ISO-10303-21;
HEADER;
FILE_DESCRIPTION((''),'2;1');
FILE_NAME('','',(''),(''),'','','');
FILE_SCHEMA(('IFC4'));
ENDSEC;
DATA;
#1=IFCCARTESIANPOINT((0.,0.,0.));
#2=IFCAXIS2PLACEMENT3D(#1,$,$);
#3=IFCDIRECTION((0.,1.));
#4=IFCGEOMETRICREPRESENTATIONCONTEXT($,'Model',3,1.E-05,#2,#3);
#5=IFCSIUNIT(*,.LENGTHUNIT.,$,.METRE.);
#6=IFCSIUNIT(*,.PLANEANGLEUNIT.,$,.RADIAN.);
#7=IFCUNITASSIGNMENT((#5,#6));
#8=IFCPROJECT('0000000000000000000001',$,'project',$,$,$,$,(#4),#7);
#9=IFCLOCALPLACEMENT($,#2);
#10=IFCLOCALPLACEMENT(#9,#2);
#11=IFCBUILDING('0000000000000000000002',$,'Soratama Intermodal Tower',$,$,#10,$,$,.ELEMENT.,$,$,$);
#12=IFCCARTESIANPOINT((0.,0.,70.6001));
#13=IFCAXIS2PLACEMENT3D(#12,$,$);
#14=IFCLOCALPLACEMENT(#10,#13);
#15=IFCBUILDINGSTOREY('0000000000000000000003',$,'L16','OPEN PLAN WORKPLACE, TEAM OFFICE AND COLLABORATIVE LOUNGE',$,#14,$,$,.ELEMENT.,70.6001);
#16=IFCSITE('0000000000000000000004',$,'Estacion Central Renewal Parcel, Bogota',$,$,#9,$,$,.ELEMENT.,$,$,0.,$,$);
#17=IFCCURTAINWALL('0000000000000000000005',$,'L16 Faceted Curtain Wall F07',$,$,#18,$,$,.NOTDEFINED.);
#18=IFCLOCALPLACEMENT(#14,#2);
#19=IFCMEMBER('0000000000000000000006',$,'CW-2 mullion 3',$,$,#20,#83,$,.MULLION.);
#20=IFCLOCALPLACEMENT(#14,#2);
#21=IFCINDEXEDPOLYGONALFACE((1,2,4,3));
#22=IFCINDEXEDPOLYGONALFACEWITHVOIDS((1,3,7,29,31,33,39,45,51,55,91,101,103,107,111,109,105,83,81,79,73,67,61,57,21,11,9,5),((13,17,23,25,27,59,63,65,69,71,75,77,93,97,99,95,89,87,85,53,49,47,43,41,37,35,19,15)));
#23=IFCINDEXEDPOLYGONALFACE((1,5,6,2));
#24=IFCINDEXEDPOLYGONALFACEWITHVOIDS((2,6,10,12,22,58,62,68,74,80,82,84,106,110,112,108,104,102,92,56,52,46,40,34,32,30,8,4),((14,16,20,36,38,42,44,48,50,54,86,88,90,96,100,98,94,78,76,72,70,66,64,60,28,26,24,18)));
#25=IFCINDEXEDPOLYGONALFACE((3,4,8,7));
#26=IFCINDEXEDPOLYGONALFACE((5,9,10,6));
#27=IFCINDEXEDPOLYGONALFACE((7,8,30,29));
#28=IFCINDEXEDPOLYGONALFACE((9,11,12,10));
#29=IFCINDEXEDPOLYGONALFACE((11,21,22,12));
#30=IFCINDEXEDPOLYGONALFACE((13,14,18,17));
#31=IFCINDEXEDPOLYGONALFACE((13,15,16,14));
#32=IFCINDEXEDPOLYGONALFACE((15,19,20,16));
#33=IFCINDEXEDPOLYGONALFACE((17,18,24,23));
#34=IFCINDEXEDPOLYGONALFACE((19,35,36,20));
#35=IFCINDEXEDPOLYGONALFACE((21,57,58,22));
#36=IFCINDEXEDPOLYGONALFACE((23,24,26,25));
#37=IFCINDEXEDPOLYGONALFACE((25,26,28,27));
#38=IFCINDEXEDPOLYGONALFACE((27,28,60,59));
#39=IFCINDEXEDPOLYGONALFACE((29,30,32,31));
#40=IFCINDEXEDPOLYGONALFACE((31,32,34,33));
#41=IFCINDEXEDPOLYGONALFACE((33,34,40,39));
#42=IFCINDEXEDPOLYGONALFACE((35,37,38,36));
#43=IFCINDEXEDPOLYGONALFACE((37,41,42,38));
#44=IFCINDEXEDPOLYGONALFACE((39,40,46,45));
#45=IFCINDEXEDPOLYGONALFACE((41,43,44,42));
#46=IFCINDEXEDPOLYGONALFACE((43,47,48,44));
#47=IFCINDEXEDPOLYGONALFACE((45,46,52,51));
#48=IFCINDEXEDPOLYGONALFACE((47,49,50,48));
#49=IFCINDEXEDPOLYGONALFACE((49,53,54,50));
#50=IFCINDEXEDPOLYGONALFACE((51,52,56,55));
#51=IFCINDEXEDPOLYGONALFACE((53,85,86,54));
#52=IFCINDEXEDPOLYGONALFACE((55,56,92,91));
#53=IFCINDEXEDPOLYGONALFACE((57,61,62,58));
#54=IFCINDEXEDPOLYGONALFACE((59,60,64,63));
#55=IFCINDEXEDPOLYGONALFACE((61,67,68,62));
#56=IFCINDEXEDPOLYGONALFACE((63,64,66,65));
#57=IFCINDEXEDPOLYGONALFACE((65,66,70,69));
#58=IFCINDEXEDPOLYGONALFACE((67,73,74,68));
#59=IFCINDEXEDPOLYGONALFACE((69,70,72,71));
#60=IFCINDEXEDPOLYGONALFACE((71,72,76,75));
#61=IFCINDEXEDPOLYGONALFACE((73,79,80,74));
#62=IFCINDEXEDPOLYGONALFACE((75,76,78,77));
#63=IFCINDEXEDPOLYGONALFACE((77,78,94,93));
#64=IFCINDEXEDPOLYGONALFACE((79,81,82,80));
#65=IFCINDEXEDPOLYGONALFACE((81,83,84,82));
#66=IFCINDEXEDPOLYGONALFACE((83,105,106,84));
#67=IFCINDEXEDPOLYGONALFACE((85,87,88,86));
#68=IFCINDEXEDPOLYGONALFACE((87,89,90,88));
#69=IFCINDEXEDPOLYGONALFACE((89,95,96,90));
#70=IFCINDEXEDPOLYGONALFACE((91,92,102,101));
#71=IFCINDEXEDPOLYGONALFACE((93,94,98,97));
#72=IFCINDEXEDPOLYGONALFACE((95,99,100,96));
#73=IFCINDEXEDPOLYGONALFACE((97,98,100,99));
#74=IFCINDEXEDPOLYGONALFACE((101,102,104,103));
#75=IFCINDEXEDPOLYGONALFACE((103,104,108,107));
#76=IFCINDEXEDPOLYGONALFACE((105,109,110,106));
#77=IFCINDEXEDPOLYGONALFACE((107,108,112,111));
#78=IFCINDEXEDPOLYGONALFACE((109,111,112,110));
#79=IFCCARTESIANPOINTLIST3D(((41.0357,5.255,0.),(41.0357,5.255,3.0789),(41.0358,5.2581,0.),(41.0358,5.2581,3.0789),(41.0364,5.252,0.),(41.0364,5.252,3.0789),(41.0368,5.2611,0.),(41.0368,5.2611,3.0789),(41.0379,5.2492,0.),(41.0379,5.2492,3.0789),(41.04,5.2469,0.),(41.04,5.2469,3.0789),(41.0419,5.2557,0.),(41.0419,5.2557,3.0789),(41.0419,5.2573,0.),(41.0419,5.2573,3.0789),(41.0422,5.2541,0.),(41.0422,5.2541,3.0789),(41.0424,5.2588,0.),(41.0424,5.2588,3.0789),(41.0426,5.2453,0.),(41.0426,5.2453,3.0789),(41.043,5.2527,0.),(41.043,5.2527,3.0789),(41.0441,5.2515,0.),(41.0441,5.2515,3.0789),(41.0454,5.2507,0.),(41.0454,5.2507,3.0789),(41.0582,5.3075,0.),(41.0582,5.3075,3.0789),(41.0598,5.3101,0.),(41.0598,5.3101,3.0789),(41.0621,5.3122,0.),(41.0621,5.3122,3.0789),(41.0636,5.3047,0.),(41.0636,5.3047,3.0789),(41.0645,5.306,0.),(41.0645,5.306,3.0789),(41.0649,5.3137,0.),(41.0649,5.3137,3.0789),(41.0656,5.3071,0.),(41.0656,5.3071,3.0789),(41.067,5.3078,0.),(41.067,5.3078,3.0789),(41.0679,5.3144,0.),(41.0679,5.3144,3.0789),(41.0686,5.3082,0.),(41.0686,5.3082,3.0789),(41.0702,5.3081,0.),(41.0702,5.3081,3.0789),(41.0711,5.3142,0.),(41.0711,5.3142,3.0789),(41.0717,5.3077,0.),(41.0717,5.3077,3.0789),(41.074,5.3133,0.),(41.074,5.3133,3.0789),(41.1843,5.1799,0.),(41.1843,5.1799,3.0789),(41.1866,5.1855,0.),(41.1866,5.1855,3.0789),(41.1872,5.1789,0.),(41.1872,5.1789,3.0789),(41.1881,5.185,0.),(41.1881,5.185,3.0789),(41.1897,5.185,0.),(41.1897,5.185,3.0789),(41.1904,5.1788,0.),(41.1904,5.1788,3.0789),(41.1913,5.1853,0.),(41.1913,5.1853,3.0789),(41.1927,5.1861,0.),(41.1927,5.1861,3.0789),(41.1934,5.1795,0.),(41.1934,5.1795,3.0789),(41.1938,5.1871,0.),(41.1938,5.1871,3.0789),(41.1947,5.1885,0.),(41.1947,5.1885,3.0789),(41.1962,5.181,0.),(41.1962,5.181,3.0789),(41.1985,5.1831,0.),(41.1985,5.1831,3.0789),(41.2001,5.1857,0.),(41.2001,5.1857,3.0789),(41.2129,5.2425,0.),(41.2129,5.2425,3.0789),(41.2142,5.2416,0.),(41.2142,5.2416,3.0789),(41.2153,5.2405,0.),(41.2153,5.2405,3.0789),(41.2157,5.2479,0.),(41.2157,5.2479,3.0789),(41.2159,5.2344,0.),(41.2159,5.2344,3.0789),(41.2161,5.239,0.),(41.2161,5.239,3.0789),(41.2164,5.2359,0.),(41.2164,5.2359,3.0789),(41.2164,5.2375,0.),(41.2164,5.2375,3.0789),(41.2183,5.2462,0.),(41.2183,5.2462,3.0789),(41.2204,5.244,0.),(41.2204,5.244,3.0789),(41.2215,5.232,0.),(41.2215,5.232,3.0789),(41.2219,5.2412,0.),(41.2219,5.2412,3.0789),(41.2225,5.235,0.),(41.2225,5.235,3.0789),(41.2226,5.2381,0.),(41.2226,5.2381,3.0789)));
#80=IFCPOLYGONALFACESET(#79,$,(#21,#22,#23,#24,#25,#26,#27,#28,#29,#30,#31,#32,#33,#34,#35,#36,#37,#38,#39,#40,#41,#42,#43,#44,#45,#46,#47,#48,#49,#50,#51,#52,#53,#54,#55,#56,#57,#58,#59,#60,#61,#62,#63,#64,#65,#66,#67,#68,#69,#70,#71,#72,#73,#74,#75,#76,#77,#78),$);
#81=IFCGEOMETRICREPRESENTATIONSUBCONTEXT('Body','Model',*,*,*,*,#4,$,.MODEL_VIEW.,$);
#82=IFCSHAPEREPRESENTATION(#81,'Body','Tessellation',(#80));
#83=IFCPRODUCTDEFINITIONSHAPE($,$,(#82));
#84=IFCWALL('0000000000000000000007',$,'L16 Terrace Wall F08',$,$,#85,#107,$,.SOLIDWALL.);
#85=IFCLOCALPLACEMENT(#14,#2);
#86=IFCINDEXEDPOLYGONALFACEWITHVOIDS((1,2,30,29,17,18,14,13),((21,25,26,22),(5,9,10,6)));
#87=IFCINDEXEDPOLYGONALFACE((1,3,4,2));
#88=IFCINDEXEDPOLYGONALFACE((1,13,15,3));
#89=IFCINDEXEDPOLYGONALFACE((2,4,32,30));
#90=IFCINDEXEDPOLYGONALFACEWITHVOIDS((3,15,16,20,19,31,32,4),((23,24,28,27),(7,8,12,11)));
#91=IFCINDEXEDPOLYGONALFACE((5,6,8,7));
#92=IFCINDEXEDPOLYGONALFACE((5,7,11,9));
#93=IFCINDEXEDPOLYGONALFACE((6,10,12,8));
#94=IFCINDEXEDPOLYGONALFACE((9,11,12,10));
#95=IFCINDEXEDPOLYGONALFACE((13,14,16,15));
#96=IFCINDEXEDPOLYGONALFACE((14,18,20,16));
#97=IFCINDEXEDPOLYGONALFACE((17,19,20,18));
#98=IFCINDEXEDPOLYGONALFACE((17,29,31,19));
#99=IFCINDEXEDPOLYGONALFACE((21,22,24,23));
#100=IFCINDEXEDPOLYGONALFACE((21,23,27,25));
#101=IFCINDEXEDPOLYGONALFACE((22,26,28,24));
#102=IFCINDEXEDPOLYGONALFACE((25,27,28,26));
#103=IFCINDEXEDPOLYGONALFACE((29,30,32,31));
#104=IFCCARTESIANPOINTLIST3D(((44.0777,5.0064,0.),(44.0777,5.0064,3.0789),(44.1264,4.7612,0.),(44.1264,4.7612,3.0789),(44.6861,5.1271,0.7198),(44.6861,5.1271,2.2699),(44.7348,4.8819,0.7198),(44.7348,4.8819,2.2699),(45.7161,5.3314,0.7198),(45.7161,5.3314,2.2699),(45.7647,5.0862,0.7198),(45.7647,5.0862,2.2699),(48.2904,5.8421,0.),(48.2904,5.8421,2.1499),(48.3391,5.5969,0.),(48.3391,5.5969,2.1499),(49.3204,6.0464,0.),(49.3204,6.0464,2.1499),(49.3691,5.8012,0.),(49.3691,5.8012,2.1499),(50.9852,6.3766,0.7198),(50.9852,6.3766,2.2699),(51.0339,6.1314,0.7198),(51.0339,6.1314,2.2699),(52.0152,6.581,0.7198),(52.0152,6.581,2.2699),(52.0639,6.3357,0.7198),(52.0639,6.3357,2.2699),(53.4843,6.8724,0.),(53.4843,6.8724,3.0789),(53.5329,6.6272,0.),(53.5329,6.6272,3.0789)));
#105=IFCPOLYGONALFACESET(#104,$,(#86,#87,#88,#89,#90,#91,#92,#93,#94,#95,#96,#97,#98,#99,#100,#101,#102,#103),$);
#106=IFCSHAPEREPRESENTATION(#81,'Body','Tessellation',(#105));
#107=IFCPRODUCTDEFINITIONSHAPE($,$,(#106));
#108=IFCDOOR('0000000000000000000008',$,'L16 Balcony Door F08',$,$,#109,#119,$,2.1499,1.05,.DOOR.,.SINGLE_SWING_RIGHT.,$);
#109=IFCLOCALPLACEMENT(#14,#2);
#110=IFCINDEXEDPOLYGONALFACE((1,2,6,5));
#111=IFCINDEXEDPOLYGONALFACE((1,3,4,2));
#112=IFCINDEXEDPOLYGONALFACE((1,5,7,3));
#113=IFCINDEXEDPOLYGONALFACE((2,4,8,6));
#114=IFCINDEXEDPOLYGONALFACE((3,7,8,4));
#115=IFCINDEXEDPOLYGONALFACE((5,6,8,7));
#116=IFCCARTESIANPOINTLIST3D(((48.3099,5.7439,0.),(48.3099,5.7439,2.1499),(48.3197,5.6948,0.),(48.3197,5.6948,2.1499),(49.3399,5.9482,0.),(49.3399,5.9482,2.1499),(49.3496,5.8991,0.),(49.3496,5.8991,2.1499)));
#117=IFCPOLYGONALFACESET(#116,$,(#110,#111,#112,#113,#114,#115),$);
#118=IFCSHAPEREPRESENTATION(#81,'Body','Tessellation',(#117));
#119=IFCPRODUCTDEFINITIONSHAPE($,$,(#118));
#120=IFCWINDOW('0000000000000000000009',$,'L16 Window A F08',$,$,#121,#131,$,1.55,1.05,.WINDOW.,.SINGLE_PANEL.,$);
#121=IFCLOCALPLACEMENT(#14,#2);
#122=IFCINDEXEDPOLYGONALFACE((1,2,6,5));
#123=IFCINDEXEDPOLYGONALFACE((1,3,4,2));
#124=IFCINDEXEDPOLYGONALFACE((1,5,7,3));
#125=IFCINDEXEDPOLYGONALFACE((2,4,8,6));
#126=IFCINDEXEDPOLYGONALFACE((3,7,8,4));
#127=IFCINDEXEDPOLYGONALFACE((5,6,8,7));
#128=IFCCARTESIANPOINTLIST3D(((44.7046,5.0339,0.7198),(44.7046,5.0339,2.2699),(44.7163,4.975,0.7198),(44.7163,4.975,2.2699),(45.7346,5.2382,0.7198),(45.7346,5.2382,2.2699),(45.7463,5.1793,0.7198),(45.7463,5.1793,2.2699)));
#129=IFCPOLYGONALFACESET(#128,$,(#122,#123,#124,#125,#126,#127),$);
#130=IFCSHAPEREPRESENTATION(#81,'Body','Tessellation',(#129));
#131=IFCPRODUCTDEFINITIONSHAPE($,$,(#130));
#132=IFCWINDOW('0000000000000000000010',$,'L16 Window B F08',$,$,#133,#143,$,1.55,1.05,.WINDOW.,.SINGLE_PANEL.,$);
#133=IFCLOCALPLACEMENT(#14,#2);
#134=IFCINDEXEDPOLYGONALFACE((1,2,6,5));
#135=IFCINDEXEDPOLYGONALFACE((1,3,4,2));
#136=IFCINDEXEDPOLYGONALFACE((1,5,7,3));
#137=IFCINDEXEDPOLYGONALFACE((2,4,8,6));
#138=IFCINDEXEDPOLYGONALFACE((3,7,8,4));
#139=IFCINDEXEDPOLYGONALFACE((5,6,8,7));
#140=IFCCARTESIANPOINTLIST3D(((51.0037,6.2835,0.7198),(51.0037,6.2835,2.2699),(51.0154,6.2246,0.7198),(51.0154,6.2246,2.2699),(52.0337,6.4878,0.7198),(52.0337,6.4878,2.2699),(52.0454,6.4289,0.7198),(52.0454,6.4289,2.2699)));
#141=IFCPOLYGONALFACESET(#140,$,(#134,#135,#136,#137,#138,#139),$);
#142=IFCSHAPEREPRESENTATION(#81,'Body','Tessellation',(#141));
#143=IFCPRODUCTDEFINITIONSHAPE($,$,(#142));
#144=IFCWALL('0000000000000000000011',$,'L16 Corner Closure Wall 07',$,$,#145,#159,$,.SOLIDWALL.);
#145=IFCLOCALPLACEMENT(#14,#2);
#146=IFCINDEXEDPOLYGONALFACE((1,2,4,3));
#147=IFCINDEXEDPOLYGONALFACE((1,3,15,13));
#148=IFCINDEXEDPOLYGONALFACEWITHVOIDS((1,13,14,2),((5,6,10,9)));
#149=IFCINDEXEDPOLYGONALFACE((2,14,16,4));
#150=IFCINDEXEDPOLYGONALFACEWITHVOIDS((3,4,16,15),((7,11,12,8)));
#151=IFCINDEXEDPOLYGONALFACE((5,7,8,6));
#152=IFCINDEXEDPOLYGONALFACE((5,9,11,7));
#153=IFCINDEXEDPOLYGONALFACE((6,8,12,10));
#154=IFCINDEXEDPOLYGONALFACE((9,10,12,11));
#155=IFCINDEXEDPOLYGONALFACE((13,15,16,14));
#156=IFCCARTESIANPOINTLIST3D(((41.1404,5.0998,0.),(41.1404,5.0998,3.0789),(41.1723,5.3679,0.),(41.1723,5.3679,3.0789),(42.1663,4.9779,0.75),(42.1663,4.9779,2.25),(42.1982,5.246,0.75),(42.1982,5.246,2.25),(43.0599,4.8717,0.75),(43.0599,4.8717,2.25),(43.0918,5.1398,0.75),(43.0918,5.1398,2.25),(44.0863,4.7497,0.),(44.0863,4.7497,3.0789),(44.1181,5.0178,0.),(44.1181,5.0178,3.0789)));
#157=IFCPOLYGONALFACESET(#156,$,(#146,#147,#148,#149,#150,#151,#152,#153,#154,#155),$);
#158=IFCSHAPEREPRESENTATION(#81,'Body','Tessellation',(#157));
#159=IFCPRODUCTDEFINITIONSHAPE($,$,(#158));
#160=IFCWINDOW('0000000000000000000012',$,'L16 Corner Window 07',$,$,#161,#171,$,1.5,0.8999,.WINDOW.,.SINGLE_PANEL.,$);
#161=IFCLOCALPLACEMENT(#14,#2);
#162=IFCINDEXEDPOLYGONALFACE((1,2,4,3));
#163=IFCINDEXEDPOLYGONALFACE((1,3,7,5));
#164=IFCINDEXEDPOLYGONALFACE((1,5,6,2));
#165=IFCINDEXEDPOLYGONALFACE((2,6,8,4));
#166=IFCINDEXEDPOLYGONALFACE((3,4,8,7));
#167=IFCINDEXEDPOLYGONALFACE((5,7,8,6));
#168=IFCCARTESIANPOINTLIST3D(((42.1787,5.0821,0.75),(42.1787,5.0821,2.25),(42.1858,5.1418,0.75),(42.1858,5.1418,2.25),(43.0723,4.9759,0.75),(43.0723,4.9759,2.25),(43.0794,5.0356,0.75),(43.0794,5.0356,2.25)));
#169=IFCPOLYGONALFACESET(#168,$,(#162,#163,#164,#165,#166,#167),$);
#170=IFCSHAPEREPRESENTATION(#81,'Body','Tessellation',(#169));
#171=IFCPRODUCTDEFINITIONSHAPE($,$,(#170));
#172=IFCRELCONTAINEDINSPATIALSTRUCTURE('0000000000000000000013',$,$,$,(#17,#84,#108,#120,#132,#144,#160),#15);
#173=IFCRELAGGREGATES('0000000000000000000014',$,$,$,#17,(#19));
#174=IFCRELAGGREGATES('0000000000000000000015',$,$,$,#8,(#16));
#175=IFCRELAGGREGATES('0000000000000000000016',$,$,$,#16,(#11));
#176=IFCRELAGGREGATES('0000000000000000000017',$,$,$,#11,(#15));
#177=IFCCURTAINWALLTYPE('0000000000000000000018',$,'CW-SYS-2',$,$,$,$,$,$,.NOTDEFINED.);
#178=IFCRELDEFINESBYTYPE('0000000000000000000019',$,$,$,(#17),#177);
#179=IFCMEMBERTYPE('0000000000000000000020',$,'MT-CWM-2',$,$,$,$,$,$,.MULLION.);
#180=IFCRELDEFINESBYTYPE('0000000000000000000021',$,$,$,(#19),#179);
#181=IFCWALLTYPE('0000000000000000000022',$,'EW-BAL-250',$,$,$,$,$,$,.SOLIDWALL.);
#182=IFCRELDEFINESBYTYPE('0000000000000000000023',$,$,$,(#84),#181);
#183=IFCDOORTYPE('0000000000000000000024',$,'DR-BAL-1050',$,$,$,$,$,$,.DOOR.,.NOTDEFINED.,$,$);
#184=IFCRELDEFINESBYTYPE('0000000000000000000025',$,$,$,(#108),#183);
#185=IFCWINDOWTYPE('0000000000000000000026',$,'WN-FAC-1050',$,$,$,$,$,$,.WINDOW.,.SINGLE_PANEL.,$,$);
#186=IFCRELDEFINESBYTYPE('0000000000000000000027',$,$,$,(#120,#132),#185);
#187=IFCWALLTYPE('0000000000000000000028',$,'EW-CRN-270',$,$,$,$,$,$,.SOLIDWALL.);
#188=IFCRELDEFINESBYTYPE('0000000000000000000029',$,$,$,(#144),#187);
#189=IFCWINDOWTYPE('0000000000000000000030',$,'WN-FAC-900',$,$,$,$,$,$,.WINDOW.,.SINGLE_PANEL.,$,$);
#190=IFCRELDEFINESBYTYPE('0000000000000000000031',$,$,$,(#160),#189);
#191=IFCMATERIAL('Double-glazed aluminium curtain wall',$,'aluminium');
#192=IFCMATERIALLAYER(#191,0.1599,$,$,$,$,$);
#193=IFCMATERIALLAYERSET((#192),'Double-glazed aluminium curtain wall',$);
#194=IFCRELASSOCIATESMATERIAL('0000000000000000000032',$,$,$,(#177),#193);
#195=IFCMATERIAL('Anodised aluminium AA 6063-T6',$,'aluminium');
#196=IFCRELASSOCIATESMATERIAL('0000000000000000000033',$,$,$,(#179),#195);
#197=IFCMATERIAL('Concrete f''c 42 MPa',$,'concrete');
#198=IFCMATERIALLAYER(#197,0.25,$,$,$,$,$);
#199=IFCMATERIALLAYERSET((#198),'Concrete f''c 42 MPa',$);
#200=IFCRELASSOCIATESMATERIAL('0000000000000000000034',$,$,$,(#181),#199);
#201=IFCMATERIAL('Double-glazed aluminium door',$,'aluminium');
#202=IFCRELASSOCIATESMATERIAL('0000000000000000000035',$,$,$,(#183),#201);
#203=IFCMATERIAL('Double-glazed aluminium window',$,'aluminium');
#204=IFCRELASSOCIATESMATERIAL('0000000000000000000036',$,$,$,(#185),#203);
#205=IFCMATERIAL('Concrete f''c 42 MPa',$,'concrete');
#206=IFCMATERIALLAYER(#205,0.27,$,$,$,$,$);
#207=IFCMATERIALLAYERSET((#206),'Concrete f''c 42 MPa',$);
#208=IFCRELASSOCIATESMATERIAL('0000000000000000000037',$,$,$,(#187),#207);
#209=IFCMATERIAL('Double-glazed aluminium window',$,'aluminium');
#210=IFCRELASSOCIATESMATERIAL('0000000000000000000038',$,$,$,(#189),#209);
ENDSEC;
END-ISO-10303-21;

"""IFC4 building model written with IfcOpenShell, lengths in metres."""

from ifc_helpers import new_model, si_unit, direction, frame, frame_2d, origin, origin_2d, place, context, subcontext, project, spatial, rectangle, hollow_rectangle, extrude, material, layer, layer_set, material_profile, profile_set, type_object, element, fill, aggregate, save


model = new_model("IFC4")

# Units and contexts
model_context = context("Model", 3, precision=1e-05, world=origin(), true_north=direction((0.0, 1.0)))
body_context = subcontext(model_context, "Body", "Model", "MODEL_VIEW")
ifc_project = project(units=[si_unit("LENGTHUNIT", "METRE"), si_unit("PLANEANGLEUNIT", "RADIAN")], contexts=[model_context])

# Site, building, storey
site_placement = place(None, origin())
site = spatial("IfcSite", under=ifc_project, at=site_placement, Name="Estacion Central Renewal Parcel, Bogota", CompositionType="ELEMENT", RefElevation=0.0)
building_placement = place(site_placement, origin())
building = spatial("IfcBuilding", under=site, at=building_placement, Name="Soratama Intermodal Tower", CompositionType="ELEMENT")
storey_placement = place(building_placement, frame((0.0, 0.0, 70.6001)))
storey = spatial("IfcBuildingStorey", under=building, at=storey_placement, Name="L16", Description="OPEN PLAN WORKPLACE, TEAM OFFICE AND COLLABORATIVE LOUNGE", CompositionType="ELEMENT", Elevation=70.6001)

# Curtain wall, member
ifc_material_1 = material(Name="Double-glazed aluminium curtain wall", Category="aluminium")
ifc_layer_1 = layer(ifc_material_1, 0.1599)
ifc_layer_set_1 = layer_set([ifc_layer_1], Name="Double-glazed aluminium curtain wall")
curtain_wall_type = type_object("IfcCurtainWallType", Name="CW-SYS-2", PredefinedType="NOTDEFINED", material=ifc_layer_set_1)
curtain_wall_placement = place(storey_placement, origin())
curtain_wall = element("IfcCurtainWall", 1, at=curtain_wall_placement, inside=storey, type_object=curtain_wall_type, Name="L16 Faceted Curtain Wall F07", PredefinedType="NOTDEFINED")
ifc_material_2 = material(Name="Anodised aluminium AA 6063-T6", Category="aluminium")
ifc_material_profile_1 = material_profile(ifc_material_2, hollow_rectangle(XDim=0.075, YDim=0.1799, WallThickness=0.0061, InnerFilletRadius=0.0061, OuterFilletRadius=0.012, at=origin_2d()), Name="CWM180X75X6")
ifc_profile_set_1 = profile_set([ifc_material_profile_1], Name="Anodised aluminium AA 6063-T6")
member_type = type_object("IfcMemberType", Name="MT-CWM-2", PredefinedType="MULLION", material=ifc_profile_set_1)
member_placement = place(storey_placement, frame((41.1292, 5.2466, 0.0), z_axis=(0.0, 0.0, 1.0), x_axis=(0.419138, 0.907923, 0.0)))
member = element("IfcMember", 2, at=member_placement, type_object=member_type, Name="CW-2 mullion 3", PredefinedType="MULLION", context=body_context, shape_type="SweptSolid", body=[
    extrude(hollow_rectangle(XDim=0.075, YDim=0.1799, WallThickness=0.0061, InnerFilletRadius=0.0061, OuterFilletRadius=0.012, at=origin_2d()), origin(), (0.0, 0.0, 1.0), 3.0789),
])
aggregate(curtain_wall, [member])

# Wall, openings, door, windows
ifc_material_3 = material(Name="Concrete f'c 42 MPa", Category="concrete")
ifc_layer_2 = layer(ifc_material_3, 0.25)
ifc_layer_set_2 = layer_set([ifc_layer_2], Name="Concrete f'c 42 MPa")
wall_type_1 = type_object("IfcWallType", Name="EW-BAL-250", PredefinedType="SOLIDWALL", material=ifc_layer_set_2)
wall_1_placement = place(storey_placement, frame((44.1021, 4.8838, 0.0), z_axis=(0.0, 0.0, 1.0), x_axis=(0.980887, 0.194579, 0.0)))
wall_1 = element("IfcWall", 3, at=wall_1_placement, inside=storey, type_object=wall_type_1, Name="L16 Terrace Wall F08", PredefinedType="SOLIDWALL", context=body_context, shape_type="SweptSolid", body=[
    extrude(rectangle(XDim=9.5898, YDim=0.25, at=frame_2d((4.7949, 0.0))), origin(), (0.0, 0.0, 1.0), 3.0789),
])
opening_1_placement = place(wall_1_placement, frame((4.2949, 0.0, 0.0)))
opening_1 = element("IfcOpeningElement", 4, at=opening_1_placement, cuts=wall_1, PredefinedType="OPENING", context=body_context, shape_type="SweptSolid", body=[
    extrude(rectangle(XDim=1.05, YDim=2.1499, at=frame_2d((0.5249, 1.075))), frame((0.0, 0.135, 0.0), z_axis=(0.0, -1.0, 0.0), x_axis=(1.0, 0.0, 0.0)), (0.0, 0.0, 1.0), 0.27),
])
opening_2_placement = place(wall_1_placement, frame((0.6204, 0.0, 0.72)))
opening_2 = element("IfcOpeningElement", 5, at=opening_2_placement, cuts=wall_1, PredefinedType="OPENING", context=body_context, shape_type="SweptSolid", body=[
    extrude(rectangle(XDim=1.05, YDim=1.55, at=frame_2d((0.5249, 0.7749))), frame((0.0, 0.135, 0.0), z_axis=(0.0, -1.0, 0.0), x_axis=(1.0, 0.0, 0.0)), (0.0, 0.0, 1.0), 0.27),
])
opening_3_placement = place(wall_1_placement, frame((7.0422, 0.0, 0.72)))
opening_3 = element("IfcOpeningElement", 6, at=opening_3_placement, cuts=wall_1, PredefinedType="OPENING", context=body_context, shape_type="SweptSolid", body=[
    extrude(rectangle(XDim=1.05, YDim=1.55, at=frame_2d((0.5249, 0.7749))), frame((0.0, 0.135, 0.0), z_axis=(0.0, -1.0, 0.0), x_axis=(1.0, 0.0, 0.0)), (0.0, 0.0, 1.0), 0.27),
])
ifc_material_4 = material(Name="Double-glazed aluminium door", Category="aluminium")
door_type_1 = type_object("IfcDoorType", Name="DR-BAL-1050", OperationType="NOTDEFINED", PredefinedType="DOOR", material=ifc_material_4)
door_1_placement = place(opening_1_placement, origin())
door_1 = element("IfcDoor", 7, at=door_1_placement, inside=storey, type_object=door_type_1, Name="L16 Balcony Door F08", OperationType="SINGLE_SWING_RIGHT", OverallHeight=2.1499, OverallWidth=1.05, PredefinedType="DOOR", context=body_context, shape_type="SweptSolid", body=[
    extrude(rectangle(XDim=1.05, YDim=2.1499, at=frame_2d((0.5249, 1.075))), frame((0.0, 0.0249, 0.0), z_axis=(0.0, -1.0, 0.0), x_axis=(1.0, 0.0, 0.0)), (0.0, 0.0, 1.0), 0.05),
])
fill(opening_1, door_1)
ifc_material_5 = material(Name="Double-glazed aluminium window", Category="aluminium")
window_type_1 = type_object("IfcWindowType", Name="WN-FAC-1050", PartitioningType="SINGLE_PANEL", PredefinedType="WINDOW", material=ifc_material_5)
window_1_placement = place(opening_2_placement, origin())
window_1 = element("IfcWindow", 8, at=window_1_placement, inside=storey, type_object=window_type_1, Name="L16 Window A F08", OverallHeight=1.55, OverallWidth=1.05, PartitioningType="SINGLE_PANEL", PredefinedType="WINDOW", context=body_context, shape_type="SweptSolid", body=[
    extrude(rectangle(XDim=1.05, YDim=1.55, at=frame_2d((0.5249, 0.7749))), frame((0.0, 0.03, 0.0), z_axis=(0.0, -1.0, 0.0), x_axis=(1.0, 0.0, 0.0)), (0.0, 0.0, 1.0), 0.0601),
])
fill(opening_2, window_1)
window_2_placement = place(opening_3_placement, origin())
window_2 = element("IfcWindow", 9, at=window_2_placement, inside=storey, type_object=window_type_1, Name="L16 Window B F08", OverallHeight=1.55, OverallWidth=1.05, PartitioningType="SINGLE_PANEL", PredefinedType="WINDOW", context=body_context, shape_type="SweptSolid", body=[
    extrude(rectangle(XDim=1.05, YDim=1.55, at=frame_2d((0.5249, 0.7749))), frame((0.0, 0.03, 0.0), z_axis=(0.0, -1.0, 0.0), x_axis=(1.0, 0.0, 0.0)), (0.0, 0.0, 1.0), 0.0601),
])
fill(opening_3, window_2)

# Wall, opening, window
ifc_material_6 = material(Name="Concrete f'c 42 MPa", Category="concrete")
ifc_layer_3 = layer(ifc_material_6, 0.27)
ifc_layer_set_3 = layer_set([ifc_layer_3], Name="Concrete f'c 42 MPa")
wall_type_2 = type_object("IfcWallType", Name="EW-CRN-270", PredefinedType="SOLIDWALL", material=ifc_layer_set_3)
wall_2_placement = place(storey_placement, frame((41.1562, 5.2339, 0.0), z_axis=(0.0, 0.0, 1.0), x_axis=(0.993012, -0.118016, 0.0)))
wall_2 = element("IfcWall", 10, at=wall_2_placement, inside=storey, type_object=wall_type_2, Name="L16 Corner Closure Wall 07", PredefinedType="SOLIDWALL", context=body_context, shape_type="SweptSolid", body=[
    extrude(rectangle(XDim=2.9666, YDim=0.27, at=frame_2d((1.4834, 0.0))), origin(), (0.0, 0.0, 1.0), 3.0789),
])
opening_4_placement = place(wall_2_placement, frame((1.0332, 0.0, 0.75)))
opening_4 = element("IfcOpeningElement", 11, at=opening_4_placement, cuts=wall_2, PredefinedType="OPENING", context=body_context, shape_type="SweptSolid", body=[
    extrude(rectangle(XDim=0.8999, YDim=1.5, at=frame_2d((0.45, 0.75))), frame((0.0, 0.145, 0.0), z_axis=(0.0, -1.0, 0.0), x_axis=(1.0, 0.0, 0.0)), (0.0, 0.0, 1.0), 0.29),
])
ifc_material_7 = material(Name="Double-glazed aluminium window", Category="aluminium")
window_type_2 = type_object("IfcWindowType", Name="WN-FAC-900", PartitioningType="SINGLE_PANEL", PredefinedType="WINDOW", material=ifc_material_7)
window_3_placement = place(opening_4_placement, origin())
window_3 = element("IfcWindow", 12, at=window_3_placement, inside=storey, type_object=window_type_2, Name="L16 Corner Window 07", OverallHeight=1.5, OverallWidth=0.8999, PartitioningType="SINGLE_PANEL", PredefinedType="WINDOW", context=body_context, shape_type="SweptSolid", body=[
    extrude(rectangle(XDim=0.8999, YDim=1.5, at=frame_2d((0.45, 0.75))), frame((0.0, 0.03, 0.0), z_axis=(0.0, -1.0, 0.0), x_axis=(1.0, 0.0, 0.0)), (0.0, 0.0, 1.0), 0.0601),
])
fill(opening_4, window_3)

save(model, "model.ifc")
